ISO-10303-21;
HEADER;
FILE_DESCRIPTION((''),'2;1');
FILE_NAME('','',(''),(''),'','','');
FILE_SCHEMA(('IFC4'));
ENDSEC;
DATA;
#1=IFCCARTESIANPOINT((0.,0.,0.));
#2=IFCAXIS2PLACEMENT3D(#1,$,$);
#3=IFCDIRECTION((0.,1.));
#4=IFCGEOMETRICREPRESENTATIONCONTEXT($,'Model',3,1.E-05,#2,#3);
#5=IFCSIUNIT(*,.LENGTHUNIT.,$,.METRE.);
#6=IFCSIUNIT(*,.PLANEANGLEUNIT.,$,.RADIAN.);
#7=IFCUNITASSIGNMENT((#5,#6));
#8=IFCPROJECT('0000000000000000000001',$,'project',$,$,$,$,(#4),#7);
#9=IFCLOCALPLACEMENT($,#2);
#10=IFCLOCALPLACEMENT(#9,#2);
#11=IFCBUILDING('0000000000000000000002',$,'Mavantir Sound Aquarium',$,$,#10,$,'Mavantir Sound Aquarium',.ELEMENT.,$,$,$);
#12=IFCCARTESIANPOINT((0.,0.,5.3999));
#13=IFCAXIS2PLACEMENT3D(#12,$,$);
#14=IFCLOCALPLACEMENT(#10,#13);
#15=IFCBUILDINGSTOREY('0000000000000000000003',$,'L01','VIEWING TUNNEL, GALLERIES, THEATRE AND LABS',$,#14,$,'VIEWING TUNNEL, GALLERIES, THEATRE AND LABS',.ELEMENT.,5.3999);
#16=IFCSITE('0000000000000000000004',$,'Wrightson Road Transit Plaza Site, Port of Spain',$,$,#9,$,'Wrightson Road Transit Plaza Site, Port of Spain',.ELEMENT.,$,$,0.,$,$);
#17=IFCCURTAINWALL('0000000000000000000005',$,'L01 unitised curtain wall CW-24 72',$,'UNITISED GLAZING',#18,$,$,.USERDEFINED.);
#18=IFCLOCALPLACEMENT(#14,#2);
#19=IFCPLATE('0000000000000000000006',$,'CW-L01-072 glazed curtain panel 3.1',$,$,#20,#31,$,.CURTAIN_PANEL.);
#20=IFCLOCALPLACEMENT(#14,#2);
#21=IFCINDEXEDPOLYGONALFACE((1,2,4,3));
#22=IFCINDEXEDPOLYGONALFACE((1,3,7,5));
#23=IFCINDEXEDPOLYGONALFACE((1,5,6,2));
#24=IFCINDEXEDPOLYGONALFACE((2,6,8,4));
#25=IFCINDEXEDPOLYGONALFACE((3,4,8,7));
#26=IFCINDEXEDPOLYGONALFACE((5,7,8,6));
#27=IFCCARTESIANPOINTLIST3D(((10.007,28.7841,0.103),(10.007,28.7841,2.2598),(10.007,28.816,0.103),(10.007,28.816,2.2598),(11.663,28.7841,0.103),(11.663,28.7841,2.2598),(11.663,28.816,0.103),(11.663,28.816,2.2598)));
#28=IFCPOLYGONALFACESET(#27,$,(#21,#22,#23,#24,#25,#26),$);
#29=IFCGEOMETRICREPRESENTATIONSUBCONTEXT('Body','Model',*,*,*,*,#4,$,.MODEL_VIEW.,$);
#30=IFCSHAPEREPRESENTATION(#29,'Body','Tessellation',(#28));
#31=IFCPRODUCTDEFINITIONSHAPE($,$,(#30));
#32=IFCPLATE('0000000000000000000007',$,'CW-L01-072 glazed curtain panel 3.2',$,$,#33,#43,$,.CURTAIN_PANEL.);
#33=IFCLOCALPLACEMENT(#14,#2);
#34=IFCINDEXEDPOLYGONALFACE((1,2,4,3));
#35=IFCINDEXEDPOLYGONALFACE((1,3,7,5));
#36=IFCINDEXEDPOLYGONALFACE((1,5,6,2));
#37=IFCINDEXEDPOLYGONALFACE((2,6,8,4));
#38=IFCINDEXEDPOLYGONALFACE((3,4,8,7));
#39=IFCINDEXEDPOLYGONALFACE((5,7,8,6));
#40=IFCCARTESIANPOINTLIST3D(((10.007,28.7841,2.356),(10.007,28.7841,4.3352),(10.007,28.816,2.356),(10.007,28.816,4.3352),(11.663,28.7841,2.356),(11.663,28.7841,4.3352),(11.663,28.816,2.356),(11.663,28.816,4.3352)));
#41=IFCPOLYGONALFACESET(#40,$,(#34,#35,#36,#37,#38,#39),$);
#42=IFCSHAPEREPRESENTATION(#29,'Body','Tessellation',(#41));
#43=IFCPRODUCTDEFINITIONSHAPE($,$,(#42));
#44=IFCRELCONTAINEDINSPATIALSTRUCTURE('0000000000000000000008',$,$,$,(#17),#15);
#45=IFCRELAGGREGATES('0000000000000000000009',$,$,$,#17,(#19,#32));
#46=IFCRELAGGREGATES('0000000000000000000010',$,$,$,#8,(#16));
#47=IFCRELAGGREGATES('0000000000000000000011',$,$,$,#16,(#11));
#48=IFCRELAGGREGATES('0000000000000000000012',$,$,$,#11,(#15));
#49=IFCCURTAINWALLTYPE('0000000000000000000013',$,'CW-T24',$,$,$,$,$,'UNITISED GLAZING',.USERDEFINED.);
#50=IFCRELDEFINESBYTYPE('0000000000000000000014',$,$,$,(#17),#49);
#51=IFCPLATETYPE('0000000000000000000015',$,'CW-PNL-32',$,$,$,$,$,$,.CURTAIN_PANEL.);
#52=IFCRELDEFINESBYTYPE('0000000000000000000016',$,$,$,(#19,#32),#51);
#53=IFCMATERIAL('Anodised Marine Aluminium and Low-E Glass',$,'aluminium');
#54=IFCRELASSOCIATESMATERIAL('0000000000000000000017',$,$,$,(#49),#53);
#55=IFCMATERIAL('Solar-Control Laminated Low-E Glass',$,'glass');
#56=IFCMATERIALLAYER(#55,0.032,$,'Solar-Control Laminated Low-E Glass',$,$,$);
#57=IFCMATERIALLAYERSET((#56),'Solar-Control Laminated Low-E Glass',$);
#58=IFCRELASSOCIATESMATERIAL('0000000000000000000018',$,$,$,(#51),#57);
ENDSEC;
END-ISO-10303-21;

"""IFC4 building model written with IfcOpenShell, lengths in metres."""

from ifc_helpers import new_model, si_unit, direction, frame, origin, origin_2d, place, context, subcontext, project, spatial, rectangle, extrude, material, layer, layer_set, type_object, element, aggregate, save


model = new_model("IFC4")

# Units and contexts
model_context = context("Model", 3, precision=1e-05, world=origin(), true_north=direction((0.0, 1.0)))
body_context = subcontext(model_context, "Body", "Model", "MODEL_VIEW")
ifc_project = project(units=[si_unit("LENGTHUNIT", "METRE"), si_unit("PLANEANGLEUNIT", "RADIAN")], contexts=[model_context])

# Site, building, storey
site_placement = place(None, origin())
site = spatial("IfcSite", under=ifc_project, at=site_placement, Name="Wrightson Road Transit Plaza Site, Port of Spain", LongName="Wrightson Road Transit Plaza Site, Port of Spain", CompositionType="ELEMENT", RefElevation=0.0)
building_placement = place(site_placement, origin())
building = spatial("IfcBuilding", under=site, at=building_placement, Name="Mavantir Sound Aquarium", LongName="Mavantir Sound Aquarium", CompositionType="ELEMENT")
storey_placement = place(building_placement, frame((0.0, 0.0, 5.3999)))
storey = spatial("IfcBuildingStorey", under=building, at=storey_placement, Name="L01", Description="VIEWING TUNNEL, GALLERIES, THEATRE AND LABS", LongName="VIEWING TUNNEL, GALLERIES, THEATRE AND LABS", CompositionType="ELEMENT", Elevation=5.3999)

# Curtain wall
ifc_material_1 = material(Name="Anodised Marine Aluminium and Low-E Glass", Category="aluminium")
curtain_wall_type_1 = type_object("IfcCurtainWallType", Name="CW-T24", ElementType="UNITISED GLAZING", PredefinedType="USERDEFINED", material=ifc_material_1)
curtain_wall_1_placement = place(storey_placement, origin())
curtain_wall_1 = element("IfcCurtainWall", 1, at=curtain_wall_1_placement, inside=storey, type_object=curtain_wall_type_1, Name="L01 unitised curtain wall CW-24 72", ObjectType="UNITISED GLAZING", PredefinedType="USERDEFINED")

# Plates
ifc_material_2 = material(Name="Solar-Control Laminated Low-E Glass", Category="glass")
ifc_layer_1 = layer(ifc_material_2, 0.032, Name="Solar-Control Laminated Low-E Glass")
ifc_layer_set_1 = layer_set([ifc_layer_1], Name="Solar-Control Laminated Low-E Glass")
plate_type_1 = type_object("IfcPlateType", Name="CW-PNL-32", PredefinedType="CURTAIN_PANEL", material=ifc_layer_set_1)
plate_1_placement = place(storey_placement, frame((10.835, 28.8, 0.103), z_axis=(0.0, 0.0, 1.0), x_axis=(-1.0, 0.0, 0.0)))
plate_1 = element("IfcPlate", 2, at=plate_1_placement, type_object=plate_type_1, Name="CW-L01-072 glazed curtain panel 3.1", PredefinedType="CURTAIN_PANEL", context=body_context, shape_type="SweptSolid", body=[
    extrude(rectangle(XDim=1.656, YDim=0.032, at=origin_2d()), origin(), (0.0, 0.0, 1.0), 2.1567),
])
plate_2_placement = place(storey_placement, frame((10.835, 28.8, 2.356), z_axis=(0.0, 0.0, 1.0), x_axis=(-1.0, 0.0, 0.0)))
plate_2 = element("IfcPlate", 3, at=plate_2_placement, type_object=plate_type_1, Name="CW-L01-072 glazed curtain panel 3.2", PredefinedType="CURTAIN_PANEL", context=body_context, shape_type="SweptSolid", body=[
    extrude(rectangle(XDim=1.656, YDim=0.032, at=origin_2d()), origin(), (0.0, 0.0, 1.0), 1.9792),
])
aggregate(curtain_wall_1, [plate_1, plate_2])

save(model, "model.ifc")
